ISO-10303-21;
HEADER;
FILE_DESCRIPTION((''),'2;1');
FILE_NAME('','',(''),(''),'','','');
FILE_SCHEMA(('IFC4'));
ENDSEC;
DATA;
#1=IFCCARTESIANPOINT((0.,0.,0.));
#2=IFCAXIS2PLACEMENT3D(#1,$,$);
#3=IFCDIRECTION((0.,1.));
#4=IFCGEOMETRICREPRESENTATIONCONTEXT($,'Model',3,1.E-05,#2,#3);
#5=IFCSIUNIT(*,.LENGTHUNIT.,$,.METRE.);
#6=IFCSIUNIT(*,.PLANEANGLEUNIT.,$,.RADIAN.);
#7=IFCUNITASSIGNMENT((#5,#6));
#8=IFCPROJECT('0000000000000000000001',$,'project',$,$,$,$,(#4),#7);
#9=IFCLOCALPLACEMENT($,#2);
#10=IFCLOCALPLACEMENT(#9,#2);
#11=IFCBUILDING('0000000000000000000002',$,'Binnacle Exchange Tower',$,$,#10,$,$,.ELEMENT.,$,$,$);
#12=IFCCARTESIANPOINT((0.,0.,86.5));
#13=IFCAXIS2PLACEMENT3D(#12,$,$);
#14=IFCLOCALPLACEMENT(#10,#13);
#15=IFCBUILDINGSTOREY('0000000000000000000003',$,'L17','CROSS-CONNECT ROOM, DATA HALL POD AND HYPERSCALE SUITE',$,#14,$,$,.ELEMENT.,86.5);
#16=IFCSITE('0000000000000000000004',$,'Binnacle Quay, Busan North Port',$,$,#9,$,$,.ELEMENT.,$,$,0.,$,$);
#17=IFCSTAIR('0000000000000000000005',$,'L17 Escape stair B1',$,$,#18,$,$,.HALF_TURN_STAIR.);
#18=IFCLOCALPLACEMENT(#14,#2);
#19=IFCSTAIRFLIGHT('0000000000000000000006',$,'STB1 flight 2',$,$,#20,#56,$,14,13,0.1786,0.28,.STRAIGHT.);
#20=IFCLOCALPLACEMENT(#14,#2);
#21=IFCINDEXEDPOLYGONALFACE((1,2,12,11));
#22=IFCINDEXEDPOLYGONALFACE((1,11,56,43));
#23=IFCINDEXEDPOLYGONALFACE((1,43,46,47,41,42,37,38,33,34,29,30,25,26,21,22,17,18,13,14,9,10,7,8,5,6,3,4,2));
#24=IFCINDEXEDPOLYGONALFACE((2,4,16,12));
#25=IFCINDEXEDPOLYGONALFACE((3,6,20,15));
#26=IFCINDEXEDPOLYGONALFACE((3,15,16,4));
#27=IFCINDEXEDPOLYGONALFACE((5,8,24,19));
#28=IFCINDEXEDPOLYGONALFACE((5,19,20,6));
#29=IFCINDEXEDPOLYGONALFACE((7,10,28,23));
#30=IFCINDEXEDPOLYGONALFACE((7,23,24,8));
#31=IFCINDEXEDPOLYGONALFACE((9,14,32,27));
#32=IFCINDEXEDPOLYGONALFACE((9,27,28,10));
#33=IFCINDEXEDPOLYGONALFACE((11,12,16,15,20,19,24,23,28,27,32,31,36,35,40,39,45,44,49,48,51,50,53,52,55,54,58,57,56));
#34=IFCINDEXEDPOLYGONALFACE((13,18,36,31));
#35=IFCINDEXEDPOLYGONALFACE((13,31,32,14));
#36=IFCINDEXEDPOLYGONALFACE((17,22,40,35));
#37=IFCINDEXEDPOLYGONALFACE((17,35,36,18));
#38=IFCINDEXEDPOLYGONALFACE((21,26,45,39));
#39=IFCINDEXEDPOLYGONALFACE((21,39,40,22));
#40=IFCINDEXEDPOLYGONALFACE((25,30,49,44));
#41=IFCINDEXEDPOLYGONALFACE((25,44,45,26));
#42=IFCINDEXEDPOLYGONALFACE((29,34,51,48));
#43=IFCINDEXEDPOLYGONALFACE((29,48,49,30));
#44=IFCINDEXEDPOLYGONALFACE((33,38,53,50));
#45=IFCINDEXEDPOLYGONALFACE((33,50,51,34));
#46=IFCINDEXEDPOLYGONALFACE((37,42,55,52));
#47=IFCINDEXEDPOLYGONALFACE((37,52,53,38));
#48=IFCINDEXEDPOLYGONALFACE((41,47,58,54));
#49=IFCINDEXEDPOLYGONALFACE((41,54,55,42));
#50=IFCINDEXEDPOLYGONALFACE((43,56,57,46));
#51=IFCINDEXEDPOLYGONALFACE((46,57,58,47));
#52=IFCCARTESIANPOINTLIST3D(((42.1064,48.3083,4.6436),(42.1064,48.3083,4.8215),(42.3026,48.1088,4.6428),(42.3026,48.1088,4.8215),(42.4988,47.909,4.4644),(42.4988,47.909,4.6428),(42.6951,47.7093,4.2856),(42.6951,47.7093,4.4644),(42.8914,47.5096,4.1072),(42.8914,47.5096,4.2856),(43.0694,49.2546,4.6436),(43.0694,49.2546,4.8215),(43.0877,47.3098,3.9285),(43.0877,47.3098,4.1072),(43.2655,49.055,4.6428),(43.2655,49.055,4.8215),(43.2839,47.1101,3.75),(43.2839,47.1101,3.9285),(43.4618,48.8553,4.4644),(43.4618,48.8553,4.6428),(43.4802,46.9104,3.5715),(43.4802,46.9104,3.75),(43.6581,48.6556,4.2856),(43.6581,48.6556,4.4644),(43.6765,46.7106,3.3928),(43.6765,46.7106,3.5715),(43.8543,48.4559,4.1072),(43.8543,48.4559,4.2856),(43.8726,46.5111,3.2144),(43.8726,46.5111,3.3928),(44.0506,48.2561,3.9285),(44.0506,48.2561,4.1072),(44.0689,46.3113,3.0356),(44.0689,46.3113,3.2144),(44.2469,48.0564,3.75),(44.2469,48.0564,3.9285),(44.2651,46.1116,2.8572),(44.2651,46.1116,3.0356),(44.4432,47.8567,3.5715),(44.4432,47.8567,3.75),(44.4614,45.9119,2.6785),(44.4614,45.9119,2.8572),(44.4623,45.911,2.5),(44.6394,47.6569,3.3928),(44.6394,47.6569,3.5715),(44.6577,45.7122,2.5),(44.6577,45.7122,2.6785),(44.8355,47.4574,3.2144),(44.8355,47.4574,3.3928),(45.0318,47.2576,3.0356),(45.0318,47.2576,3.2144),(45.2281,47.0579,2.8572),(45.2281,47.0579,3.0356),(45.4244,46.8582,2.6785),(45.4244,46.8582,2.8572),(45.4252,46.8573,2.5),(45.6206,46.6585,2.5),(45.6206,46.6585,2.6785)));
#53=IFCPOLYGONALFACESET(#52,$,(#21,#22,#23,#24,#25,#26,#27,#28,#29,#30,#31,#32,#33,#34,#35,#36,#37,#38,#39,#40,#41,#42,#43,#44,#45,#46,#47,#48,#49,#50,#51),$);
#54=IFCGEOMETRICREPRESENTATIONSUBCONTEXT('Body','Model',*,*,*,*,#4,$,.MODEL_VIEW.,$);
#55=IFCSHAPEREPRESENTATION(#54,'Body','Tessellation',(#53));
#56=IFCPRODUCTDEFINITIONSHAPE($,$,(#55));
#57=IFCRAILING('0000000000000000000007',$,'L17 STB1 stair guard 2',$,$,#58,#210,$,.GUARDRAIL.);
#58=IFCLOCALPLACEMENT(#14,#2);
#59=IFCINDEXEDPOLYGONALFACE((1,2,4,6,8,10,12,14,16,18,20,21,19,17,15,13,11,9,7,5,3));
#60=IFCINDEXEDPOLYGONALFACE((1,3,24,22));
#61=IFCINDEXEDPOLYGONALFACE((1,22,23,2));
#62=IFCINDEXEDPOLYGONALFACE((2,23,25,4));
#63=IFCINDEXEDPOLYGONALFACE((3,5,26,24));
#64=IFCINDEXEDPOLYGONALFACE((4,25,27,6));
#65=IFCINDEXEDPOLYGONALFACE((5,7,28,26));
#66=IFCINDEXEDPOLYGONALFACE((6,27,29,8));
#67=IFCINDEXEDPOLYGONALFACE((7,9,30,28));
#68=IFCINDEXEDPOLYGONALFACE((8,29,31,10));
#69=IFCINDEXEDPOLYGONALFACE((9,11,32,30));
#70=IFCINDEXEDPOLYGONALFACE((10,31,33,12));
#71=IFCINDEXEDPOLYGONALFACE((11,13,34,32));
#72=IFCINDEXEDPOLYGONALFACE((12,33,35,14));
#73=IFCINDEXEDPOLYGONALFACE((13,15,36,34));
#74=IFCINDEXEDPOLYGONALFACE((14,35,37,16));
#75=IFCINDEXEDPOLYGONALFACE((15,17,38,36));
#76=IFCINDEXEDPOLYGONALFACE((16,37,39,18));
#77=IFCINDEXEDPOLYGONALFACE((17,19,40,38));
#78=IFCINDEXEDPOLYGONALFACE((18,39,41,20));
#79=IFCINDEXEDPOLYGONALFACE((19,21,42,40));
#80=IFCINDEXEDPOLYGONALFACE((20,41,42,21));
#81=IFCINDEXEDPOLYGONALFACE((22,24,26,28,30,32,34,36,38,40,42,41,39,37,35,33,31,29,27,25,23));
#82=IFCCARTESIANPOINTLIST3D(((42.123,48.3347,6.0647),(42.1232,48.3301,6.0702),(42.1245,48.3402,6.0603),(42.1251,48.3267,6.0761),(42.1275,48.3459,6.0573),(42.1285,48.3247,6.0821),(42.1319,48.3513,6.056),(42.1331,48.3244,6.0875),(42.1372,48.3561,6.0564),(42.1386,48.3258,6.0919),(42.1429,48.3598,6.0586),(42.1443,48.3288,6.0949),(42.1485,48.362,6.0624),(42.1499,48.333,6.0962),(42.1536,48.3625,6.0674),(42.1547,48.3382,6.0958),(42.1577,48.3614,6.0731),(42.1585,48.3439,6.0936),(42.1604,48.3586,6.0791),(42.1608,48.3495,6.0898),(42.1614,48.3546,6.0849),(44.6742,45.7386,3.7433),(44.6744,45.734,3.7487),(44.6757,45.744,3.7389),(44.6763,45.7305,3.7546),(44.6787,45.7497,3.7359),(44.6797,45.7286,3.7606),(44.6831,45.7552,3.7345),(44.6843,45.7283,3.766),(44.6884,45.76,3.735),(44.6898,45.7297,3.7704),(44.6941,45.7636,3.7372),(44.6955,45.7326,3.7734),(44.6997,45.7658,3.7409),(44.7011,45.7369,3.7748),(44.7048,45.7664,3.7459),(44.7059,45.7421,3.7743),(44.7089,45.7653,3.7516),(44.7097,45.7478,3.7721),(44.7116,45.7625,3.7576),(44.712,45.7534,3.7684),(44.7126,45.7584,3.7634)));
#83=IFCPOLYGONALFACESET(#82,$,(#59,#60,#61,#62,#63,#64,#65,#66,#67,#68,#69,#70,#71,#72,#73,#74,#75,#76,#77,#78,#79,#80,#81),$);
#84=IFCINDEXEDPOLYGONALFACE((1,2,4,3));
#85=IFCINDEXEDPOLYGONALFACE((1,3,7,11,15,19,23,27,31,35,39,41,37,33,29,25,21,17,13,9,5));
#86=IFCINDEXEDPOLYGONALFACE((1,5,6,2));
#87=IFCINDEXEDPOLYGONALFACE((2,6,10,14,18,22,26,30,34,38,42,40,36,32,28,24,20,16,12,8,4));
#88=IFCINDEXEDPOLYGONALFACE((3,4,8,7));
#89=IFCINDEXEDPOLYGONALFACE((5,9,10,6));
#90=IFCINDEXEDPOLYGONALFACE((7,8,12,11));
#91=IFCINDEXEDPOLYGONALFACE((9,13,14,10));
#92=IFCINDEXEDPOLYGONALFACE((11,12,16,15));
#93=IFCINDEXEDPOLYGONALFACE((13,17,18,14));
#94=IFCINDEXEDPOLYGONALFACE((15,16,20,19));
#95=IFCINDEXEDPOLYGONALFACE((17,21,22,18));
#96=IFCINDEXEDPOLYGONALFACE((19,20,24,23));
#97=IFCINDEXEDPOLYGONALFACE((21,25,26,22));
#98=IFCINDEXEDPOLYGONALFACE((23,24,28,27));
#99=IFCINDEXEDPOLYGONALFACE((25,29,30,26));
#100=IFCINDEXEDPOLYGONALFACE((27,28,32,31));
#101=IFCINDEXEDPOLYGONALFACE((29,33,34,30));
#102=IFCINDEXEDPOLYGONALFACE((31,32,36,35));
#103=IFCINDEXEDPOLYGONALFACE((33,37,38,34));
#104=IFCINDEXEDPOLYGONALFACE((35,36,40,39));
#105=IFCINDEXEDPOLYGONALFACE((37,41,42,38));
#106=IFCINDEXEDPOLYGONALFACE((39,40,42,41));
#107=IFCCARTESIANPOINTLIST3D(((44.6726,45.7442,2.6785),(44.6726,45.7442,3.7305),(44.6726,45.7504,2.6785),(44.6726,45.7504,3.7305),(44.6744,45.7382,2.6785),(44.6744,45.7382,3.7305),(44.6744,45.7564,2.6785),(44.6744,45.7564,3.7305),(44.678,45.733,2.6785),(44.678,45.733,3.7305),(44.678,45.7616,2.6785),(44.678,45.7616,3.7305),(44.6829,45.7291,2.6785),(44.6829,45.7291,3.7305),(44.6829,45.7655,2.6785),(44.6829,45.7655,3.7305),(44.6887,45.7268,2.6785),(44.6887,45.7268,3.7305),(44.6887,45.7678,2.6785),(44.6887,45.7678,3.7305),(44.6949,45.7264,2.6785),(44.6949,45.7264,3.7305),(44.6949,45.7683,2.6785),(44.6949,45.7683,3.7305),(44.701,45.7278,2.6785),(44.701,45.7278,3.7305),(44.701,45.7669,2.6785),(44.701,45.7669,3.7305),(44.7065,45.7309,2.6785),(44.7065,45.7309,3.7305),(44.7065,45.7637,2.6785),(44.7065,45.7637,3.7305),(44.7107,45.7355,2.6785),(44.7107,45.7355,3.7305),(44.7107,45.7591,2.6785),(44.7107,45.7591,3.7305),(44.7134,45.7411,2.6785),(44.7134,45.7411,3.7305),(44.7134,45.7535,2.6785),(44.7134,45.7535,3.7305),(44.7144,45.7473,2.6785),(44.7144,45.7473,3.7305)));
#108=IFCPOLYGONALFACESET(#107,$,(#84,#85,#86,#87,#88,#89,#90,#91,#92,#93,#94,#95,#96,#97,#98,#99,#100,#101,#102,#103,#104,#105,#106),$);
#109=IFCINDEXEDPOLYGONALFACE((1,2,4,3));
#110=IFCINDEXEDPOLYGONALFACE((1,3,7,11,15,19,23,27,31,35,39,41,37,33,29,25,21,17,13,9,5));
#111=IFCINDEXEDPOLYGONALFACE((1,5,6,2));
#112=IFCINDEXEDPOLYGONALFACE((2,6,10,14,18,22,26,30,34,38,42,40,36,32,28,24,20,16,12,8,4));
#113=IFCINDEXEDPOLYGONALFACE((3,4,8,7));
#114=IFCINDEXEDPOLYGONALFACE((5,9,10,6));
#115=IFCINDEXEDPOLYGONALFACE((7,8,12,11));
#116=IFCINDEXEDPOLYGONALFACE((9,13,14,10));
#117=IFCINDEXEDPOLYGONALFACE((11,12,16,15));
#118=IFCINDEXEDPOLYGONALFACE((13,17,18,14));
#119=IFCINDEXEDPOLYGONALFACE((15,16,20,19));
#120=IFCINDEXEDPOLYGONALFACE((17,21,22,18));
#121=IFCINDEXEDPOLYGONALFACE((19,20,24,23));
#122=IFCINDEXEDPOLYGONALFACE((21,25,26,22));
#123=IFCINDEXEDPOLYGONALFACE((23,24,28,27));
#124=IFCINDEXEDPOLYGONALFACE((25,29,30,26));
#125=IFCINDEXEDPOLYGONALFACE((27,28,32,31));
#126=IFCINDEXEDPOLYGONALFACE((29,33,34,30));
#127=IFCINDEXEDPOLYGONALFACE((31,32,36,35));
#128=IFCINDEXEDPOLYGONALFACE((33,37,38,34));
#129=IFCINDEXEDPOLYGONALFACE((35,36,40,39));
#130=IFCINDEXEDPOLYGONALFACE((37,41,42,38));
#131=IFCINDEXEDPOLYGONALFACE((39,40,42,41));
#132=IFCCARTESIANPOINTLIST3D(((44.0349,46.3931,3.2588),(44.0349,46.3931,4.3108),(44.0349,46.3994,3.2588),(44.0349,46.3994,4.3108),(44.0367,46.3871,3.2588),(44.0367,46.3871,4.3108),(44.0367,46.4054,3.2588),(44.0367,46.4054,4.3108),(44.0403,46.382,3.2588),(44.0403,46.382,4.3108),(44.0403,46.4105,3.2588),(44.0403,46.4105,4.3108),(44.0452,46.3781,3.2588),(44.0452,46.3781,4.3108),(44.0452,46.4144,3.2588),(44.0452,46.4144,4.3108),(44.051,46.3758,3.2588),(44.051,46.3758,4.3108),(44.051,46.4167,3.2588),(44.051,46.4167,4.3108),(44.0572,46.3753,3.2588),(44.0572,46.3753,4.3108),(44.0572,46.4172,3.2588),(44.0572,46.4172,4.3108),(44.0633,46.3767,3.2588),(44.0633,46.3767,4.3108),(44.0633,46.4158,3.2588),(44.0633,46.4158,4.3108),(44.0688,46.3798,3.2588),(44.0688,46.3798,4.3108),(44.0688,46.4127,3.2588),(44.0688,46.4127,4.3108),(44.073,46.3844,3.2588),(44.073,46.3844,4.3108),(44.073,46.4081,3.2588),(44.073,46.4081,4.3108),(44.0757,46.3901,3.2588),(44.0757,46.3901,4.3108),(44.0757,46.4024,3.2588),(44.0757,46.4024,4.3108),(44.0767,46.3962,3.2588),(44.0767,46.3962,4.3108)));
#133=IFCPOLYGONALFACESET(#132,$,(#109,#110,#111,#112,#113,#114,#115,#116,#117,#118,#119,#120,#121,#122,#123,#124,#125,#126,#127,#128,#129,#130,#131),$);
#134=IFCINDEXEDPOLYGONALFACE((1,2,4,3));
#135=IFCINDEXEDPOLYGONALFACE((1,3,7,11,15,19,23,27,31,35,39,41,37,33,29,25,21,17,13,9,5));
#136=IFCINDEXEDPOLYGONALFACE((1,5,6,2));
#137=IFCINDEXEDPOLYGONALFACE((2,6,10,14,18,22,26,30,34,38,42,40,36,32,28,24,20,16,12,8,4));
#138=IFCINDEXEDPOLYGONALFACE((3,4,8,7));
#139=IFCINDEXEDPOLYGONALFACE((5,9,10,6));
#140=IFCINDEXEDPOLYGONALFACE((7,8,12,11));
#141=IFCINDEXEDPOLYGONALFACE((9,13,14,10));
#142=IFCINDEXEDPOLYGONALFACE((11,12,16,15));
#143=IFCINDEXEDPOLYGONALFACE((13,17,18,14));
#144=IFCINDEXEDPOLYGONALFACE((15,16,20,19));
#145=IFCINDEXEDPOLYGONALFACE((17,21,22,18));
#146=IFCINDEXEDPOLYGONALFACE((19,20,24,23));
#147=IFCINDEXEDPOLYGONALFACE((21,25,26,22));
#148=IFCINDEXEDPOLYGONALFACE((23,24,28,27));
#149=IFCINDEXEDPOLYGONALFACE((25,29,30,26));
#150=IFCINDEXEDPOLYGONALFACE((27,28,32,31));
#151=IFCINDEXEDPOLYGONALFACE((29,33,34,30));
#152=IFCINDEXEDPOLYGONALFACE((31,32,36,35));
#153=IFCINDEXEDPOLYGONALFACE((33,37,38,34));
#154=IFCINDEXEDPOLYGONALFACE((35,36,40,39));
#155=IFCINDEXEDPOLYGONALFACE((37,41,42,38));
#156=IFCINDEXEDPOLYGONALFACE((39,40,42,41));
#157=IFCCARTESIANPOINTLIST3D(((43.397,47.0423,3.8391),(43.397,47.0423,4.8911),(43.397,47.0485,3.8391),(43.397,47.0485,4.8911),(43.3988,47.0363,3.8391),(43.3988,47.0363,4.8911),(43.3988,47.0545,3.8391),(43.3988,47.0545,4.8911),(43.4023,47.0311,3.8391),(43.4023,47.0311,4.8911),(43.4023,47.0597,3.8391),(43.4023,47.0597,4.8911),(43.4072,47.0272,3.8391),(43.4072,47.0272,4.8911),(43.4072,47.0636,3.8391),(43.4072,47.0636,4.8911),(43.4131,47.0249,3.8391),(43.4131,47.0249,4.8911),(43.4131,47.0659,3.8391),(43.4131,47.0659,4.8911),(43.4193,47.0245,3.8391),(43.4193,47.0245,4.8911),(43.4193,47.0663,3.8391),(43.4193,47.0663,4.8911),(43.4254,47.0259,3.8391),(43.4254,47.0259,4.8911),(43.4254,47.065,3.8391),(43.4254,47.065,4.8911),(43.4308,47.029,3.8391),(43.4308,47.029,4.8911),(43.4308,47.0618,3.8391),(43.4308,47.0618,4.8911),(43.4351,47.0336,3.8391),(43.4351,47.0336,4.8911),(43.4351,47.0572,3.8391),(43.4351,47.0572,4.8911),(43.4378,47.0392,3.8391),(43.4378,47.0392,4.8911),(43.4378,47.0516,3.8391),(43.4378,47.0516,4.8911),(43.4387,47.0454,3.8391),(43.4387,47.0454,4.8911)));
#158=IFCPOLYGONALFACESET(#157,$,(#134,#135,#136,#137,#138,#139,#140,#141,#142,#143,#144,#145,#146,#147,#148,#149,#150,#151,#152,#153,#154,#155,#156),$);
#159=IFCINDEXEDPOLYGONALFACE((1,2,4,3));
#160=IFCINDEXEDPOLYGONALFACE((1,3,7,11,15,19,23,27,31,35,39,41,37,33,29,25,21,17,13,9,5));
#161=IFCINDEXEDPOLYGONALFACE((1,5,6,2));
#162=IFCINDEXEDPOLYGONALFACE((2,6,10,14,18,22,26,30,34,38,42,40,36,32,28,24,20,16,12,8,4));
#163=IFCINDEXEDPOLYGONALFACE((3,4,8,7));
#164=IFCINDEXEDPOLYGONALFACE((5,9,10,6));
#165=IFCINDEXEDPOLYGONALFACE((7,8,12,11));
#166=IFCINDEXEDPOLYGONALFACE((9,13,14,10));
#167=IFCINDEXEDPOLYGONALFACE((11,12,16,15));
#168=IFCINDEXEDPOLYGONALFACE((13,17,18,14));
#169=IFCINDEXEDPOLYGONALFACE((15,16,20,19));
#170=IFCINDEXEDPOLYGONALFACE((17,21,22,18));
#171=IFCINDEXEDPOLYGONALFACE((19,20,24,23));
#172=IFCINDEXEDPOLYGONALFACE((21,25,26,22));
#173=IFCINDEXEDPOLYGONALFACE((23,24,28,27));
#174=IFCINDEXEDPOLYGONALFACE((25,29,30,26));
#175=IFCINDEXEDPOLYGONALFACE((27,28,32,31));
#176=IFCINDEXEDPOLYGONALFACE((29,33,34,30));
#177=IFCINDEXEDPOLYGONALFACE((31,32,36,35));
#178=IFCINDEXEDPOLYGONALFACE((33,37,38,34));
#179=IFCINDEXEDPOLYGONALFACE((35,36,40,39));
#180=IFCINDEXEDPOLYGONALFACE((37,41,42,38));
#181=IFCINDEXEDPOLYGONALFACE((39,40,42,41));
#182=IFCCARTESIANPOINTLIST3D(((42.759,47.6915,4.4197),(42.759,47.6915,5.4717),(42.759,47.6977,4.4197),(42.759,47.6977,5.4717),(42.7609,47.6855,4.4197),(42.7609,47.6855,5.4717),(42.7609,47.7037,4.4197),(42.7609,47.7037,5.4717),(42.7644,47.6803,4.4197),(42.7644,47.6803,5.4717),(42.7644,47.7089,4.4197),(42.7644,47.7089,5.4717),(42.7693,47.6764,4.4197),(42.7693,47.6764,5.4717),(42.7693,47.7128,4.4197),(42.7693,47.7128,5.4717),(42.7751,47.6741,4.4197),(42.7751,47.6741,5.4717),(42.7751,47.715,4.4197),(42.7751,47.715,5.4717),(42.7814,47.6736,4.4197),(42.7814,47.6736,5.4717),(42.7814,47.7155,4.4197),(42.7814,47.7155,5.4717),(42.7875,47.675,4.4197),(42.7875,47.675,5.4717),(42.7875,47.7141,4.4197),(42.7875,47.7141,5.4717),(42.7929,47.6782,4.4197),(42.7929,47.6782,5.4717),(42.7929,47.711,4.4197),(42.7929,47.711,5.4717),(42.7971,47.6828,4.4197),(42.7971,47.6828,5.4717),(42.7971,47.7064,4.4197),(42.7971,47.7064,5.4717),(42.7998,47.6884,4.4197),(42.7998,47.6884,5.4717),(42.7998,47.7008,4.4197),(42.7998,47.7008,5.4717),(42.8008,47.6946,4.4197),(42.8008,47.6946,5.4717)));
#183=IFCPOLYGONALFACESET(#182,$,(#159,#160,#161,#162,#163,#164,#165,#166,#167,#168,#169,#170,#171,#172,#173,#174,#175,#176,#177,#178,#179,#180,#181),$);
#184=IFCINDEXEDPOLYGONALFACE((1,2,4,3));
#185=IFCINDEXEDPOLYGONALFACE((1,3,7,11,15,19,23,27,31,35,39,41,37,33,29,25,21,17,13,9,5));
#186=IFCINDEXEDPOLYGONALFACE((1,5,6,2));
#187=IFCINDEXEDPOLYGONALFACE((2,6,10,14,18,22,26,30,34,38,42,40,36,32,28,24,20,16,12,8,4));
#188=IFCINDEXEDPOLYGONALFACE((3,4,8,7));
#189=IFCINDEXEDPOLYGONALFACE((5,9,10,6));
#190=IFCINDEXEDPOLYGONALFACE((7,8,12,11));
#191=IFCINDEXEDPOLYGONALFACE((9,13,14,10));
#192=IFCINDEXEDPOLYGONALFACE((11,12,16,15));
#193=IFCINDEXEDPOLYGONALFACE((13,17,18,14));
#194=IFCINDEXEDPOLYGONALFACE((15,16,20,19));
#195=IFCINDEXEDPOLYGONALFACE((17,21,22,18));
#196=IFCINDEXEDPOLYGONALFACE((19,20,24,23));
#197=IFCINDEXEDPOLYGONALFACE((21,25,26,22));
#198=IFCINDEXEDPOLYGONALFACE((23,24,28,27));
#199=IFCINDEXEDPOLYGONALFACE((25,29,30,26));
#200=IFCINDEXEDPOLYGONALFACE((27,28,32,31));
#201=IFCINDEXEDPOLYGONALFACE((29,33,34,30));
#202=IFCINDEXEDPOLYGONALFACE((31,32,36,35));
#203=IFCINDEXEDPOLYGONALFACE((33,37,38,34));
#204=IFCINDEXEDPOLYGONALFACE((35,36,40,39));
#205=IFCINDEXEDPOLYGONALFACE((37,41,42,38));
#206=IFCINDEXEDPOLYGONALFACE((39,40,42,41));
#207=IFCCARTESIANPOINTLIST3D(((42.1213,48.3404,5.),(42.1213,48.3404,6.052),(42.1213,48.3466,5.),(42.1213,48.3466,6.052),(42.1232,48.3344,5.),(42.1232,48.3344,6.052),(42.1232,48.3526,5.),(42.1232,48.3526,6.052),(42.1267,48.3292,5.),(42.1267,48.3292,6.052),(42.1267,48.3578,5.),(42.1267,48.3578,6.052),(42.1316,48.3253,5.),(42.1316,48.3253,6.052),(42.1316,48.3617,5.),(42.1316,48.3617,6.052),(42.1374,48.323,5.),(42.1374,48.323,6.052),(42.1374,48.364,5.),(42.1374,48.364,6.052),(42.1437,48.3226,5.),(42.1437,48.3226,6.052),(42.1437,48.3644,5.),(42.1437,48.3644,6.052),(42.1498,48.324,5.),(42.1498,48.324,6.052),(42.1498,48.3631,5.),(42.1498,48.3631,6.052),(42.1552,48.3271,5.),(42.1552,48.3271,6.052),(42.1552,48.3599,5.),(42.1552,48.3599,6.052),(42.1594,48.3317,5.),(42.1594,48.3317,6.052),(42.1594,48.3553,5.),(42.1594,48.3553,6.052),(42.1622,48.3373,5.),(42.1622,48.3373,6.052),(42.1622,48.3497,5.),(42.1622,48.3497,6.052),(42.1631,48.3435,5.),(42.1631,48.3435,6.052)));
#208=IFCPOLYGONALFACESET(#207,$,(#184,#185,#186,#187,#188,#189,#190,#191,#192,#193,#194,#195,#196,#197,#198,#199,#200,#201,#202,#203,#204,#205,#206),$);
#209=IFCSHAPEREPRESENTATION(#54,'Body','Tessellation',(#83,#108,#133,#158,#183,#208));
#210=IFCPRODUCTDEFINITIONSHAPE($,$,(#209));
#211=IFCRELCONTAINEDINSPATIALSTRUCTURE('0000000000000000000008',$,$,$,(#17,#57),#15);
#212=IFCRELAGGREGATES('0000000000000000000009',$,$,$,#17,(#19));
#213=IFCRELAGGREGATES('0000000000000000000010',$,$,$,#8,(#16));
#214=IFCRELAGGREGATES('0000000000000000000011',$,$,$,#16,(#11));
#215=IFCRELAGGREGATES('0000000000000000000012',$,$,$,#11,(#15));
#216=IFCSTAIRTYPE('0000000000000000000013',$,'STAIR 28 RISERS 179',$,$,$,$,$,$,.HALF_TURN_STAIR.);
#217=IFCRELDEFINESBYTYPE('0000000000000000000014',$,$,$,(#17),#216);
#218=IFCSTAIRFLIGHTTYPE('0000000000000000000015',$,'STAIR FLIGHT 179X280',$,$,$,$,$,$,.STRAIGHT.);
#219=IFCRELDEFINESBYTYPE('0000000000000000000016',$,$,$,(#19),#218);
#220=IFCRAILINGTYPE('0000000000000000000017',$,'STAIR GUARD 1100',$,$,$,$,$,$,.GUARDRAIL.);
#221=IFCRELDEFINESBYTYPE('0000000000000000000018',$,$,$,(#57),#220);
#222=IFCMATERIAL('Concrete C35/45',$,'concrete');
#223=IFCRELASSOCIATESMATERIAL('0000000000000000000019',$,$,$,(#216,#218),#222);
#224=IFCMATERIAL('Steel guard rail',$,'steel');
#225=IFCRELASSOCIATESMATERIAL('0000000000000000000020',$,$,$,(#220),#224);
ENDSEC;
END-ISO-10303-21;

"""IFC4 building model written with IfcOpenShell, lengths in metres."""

from ifc_helpers import new_model, si_unit, direction, frame, origin, origin_2d, place, context, subcontext, project, spatial, polyline, circle, outline, extrude, material, type_object, element, aggregate, save


model = new_model("IFC4")

# Units and contexts
model_context = context("Model", 3, precision=1e-05, world=origin(), true_north=direction((0.0, 1.0)))
body_context = subcontext(model_context, "Body", "Model", "MODEL_VIEW")
ifc_project = project(units=[si_unit("LENGTHUNIT", "METRE"), si_unit("PLANEANGLEUNIT", "RADIAN")], contexts=[model_context])

# Site, building, storey
site_placement = place(None, origin())
site = spatial("IfcSite", under=ifc_project, at=site_placement, Name="Binnacle Quay, Busan North Port", CompositionType="ELEMENT", RefElevation=0.0)
building_placement = place(site_placement, origin())
building = spatial("IfcBuilding", under=site, at=building_placement, Name="Binnacle Exchange Tower", CompositionType="ELEMENT")
storey_placement = place(building_placement, frame((0.0, 0.0, 86.5)))
storey = spatial("IfcBuildingStorey", under=building, at=storey_placement, Name="L17", Description="CROSS-CONNECT ROOM, DATA HALL POD AND HYPERSCALE SUITE", CompositionType="ELEMENT", Elevation=86.5)

# Stair, stair flight
ifc_material_1 = material(Name="Concrete C35/45", Category="concrete")
stair_type = type_object("IfcStairType", Name="STAIR 28 RISERS 179", PredefinedType="HALF_TURN_STAIR", material=ifc_material_1)
stair_placement = place(storey_placement, origin())
stair = element("IfcStair", 1, at=stair_placement, inside=storey, type_object=stair_type, Name="L17 Escape stair B1", PredefinedType="HALF_TURN_STAIR")
stair_flight_type = type_object("IfcStairFlightType", Name="STAIR FLIGHT 179X280", PredefinedType="STRAIGHT", material=ifc_material_1)
stair_flight_1_placement = place(storey_placement, frame((45.1392, 46.1853, 2.5), z_axis=(0.0, 0.0, 1.0), x_axis=(-0.700909, 0.71325, 0.0)))
stair_flight_1 = element("IfcStairFlight", 2, at=stair_flight_1_placement, type_object=stair_flight_type, Name="STB1 flight 2", NumberOfRisers=14, NumberOfTreads=13, PredefinedType="STRAIGHT", RiserHeight=0.1786, TreadLength=0.28, context=body_context, shape_type="SweptSolid", body=[
    extrude(outline(polyline([(0.0, 0.0), (0.0, 0.1785), (0.28, 0.1785), (0.28, 0.3572), (0.5601, 0.3572), (0.5601, 0.5356), (0.8401, 0.5356), (0.8401, 0.7144), (1.1201, 0.7144), (1.1201, 0.8928), (1.3999, 0.8928), (1.3999, 1.0715), (1.6799, 1.0715), (1.6799, 1.25), (1.96, 1.25), (1.96, 1.4285), (2.24, 1.4285), (2.24, 1.6072), (2.52, 1.6072), (2.52, 1.7856), (2.8, 1.7856), (2.8, 1.9644), (3.0801, 1.9644), (3.0801, 2.1428), (3.3601, 2.1428), (3.3601, 2.3215), (3.6399, 2.3215), (3.6399, 2.5), (3.6399, 2.1436), (0.2788, 0.0), (0.0, 0.0)])), frame((0.0, 0.675, 0.0), z_axis=(0.0, -1.0, 0.0), x_axis=(1.0, 0.0, 0.0)), (0.0, 0.0, 1.0), 1.3501),
])
aggregate(stair, [stair_flight_1])

# Railing
ifc_material_2 = material(Name="Steel guard rail", Category="steel")
railing_type_1 = type_object("IfcRailingType", Name="STAIR GUARD 1100", PredefinedType="GUARDRAIL", material=ifc_material_2)
railing_1_placement = place(storey_placement, frame((44.6934, 45.7473, 2.6785)))
element("IfcRailing", 3, at=railing_1_placement, inside=storey, type_object=railing_type_1, Name="L17 STB1 stair guard 2", PredefinedType="GUARDRAIL", context=body_context, shape_type="SweptSolid", body=[
    extrude(circle(Radius=0.0239, at=origin_2d()), frame((0.0, 0.0, 1.0762), z_axis=(-0.590947, 0.601352, 0.537733), x_axis=(-0.713251, -0.700909, 0.0)), (0.0, 0.0, 1.0), 4.3171),
    extrude(circle(Radius=0.021, at=origin_2d()), origin(), (0.0, 0.0, 1.0), 1.052),
    extrude(circle(Radius=0.021, at=origin_2d()), frame((-0.6377, 0.6489, 0.5803)), (0.0, 0.0, 1.0), 1.052),
    extrude(circle(Radius=0.021, at=origin_2d()), frame((-1.2756, 1.2981, 1.1606)), (0.0, 0.0, 1.0), 1.052),
    extrude(circle(Radius=0.021, at=origin_2d()), frame((-1.9136, 1.9473, 1.7412)), (0.0, 0.0, 1.0), 1.052),
    extrude(circle(Radius=0.021, at=origin_2d()), frame((-2.5513, 2.5962, 2.3215)), (0.0, 0.0, 1.0), 1.052),
])

save(model, "model.ifc")
